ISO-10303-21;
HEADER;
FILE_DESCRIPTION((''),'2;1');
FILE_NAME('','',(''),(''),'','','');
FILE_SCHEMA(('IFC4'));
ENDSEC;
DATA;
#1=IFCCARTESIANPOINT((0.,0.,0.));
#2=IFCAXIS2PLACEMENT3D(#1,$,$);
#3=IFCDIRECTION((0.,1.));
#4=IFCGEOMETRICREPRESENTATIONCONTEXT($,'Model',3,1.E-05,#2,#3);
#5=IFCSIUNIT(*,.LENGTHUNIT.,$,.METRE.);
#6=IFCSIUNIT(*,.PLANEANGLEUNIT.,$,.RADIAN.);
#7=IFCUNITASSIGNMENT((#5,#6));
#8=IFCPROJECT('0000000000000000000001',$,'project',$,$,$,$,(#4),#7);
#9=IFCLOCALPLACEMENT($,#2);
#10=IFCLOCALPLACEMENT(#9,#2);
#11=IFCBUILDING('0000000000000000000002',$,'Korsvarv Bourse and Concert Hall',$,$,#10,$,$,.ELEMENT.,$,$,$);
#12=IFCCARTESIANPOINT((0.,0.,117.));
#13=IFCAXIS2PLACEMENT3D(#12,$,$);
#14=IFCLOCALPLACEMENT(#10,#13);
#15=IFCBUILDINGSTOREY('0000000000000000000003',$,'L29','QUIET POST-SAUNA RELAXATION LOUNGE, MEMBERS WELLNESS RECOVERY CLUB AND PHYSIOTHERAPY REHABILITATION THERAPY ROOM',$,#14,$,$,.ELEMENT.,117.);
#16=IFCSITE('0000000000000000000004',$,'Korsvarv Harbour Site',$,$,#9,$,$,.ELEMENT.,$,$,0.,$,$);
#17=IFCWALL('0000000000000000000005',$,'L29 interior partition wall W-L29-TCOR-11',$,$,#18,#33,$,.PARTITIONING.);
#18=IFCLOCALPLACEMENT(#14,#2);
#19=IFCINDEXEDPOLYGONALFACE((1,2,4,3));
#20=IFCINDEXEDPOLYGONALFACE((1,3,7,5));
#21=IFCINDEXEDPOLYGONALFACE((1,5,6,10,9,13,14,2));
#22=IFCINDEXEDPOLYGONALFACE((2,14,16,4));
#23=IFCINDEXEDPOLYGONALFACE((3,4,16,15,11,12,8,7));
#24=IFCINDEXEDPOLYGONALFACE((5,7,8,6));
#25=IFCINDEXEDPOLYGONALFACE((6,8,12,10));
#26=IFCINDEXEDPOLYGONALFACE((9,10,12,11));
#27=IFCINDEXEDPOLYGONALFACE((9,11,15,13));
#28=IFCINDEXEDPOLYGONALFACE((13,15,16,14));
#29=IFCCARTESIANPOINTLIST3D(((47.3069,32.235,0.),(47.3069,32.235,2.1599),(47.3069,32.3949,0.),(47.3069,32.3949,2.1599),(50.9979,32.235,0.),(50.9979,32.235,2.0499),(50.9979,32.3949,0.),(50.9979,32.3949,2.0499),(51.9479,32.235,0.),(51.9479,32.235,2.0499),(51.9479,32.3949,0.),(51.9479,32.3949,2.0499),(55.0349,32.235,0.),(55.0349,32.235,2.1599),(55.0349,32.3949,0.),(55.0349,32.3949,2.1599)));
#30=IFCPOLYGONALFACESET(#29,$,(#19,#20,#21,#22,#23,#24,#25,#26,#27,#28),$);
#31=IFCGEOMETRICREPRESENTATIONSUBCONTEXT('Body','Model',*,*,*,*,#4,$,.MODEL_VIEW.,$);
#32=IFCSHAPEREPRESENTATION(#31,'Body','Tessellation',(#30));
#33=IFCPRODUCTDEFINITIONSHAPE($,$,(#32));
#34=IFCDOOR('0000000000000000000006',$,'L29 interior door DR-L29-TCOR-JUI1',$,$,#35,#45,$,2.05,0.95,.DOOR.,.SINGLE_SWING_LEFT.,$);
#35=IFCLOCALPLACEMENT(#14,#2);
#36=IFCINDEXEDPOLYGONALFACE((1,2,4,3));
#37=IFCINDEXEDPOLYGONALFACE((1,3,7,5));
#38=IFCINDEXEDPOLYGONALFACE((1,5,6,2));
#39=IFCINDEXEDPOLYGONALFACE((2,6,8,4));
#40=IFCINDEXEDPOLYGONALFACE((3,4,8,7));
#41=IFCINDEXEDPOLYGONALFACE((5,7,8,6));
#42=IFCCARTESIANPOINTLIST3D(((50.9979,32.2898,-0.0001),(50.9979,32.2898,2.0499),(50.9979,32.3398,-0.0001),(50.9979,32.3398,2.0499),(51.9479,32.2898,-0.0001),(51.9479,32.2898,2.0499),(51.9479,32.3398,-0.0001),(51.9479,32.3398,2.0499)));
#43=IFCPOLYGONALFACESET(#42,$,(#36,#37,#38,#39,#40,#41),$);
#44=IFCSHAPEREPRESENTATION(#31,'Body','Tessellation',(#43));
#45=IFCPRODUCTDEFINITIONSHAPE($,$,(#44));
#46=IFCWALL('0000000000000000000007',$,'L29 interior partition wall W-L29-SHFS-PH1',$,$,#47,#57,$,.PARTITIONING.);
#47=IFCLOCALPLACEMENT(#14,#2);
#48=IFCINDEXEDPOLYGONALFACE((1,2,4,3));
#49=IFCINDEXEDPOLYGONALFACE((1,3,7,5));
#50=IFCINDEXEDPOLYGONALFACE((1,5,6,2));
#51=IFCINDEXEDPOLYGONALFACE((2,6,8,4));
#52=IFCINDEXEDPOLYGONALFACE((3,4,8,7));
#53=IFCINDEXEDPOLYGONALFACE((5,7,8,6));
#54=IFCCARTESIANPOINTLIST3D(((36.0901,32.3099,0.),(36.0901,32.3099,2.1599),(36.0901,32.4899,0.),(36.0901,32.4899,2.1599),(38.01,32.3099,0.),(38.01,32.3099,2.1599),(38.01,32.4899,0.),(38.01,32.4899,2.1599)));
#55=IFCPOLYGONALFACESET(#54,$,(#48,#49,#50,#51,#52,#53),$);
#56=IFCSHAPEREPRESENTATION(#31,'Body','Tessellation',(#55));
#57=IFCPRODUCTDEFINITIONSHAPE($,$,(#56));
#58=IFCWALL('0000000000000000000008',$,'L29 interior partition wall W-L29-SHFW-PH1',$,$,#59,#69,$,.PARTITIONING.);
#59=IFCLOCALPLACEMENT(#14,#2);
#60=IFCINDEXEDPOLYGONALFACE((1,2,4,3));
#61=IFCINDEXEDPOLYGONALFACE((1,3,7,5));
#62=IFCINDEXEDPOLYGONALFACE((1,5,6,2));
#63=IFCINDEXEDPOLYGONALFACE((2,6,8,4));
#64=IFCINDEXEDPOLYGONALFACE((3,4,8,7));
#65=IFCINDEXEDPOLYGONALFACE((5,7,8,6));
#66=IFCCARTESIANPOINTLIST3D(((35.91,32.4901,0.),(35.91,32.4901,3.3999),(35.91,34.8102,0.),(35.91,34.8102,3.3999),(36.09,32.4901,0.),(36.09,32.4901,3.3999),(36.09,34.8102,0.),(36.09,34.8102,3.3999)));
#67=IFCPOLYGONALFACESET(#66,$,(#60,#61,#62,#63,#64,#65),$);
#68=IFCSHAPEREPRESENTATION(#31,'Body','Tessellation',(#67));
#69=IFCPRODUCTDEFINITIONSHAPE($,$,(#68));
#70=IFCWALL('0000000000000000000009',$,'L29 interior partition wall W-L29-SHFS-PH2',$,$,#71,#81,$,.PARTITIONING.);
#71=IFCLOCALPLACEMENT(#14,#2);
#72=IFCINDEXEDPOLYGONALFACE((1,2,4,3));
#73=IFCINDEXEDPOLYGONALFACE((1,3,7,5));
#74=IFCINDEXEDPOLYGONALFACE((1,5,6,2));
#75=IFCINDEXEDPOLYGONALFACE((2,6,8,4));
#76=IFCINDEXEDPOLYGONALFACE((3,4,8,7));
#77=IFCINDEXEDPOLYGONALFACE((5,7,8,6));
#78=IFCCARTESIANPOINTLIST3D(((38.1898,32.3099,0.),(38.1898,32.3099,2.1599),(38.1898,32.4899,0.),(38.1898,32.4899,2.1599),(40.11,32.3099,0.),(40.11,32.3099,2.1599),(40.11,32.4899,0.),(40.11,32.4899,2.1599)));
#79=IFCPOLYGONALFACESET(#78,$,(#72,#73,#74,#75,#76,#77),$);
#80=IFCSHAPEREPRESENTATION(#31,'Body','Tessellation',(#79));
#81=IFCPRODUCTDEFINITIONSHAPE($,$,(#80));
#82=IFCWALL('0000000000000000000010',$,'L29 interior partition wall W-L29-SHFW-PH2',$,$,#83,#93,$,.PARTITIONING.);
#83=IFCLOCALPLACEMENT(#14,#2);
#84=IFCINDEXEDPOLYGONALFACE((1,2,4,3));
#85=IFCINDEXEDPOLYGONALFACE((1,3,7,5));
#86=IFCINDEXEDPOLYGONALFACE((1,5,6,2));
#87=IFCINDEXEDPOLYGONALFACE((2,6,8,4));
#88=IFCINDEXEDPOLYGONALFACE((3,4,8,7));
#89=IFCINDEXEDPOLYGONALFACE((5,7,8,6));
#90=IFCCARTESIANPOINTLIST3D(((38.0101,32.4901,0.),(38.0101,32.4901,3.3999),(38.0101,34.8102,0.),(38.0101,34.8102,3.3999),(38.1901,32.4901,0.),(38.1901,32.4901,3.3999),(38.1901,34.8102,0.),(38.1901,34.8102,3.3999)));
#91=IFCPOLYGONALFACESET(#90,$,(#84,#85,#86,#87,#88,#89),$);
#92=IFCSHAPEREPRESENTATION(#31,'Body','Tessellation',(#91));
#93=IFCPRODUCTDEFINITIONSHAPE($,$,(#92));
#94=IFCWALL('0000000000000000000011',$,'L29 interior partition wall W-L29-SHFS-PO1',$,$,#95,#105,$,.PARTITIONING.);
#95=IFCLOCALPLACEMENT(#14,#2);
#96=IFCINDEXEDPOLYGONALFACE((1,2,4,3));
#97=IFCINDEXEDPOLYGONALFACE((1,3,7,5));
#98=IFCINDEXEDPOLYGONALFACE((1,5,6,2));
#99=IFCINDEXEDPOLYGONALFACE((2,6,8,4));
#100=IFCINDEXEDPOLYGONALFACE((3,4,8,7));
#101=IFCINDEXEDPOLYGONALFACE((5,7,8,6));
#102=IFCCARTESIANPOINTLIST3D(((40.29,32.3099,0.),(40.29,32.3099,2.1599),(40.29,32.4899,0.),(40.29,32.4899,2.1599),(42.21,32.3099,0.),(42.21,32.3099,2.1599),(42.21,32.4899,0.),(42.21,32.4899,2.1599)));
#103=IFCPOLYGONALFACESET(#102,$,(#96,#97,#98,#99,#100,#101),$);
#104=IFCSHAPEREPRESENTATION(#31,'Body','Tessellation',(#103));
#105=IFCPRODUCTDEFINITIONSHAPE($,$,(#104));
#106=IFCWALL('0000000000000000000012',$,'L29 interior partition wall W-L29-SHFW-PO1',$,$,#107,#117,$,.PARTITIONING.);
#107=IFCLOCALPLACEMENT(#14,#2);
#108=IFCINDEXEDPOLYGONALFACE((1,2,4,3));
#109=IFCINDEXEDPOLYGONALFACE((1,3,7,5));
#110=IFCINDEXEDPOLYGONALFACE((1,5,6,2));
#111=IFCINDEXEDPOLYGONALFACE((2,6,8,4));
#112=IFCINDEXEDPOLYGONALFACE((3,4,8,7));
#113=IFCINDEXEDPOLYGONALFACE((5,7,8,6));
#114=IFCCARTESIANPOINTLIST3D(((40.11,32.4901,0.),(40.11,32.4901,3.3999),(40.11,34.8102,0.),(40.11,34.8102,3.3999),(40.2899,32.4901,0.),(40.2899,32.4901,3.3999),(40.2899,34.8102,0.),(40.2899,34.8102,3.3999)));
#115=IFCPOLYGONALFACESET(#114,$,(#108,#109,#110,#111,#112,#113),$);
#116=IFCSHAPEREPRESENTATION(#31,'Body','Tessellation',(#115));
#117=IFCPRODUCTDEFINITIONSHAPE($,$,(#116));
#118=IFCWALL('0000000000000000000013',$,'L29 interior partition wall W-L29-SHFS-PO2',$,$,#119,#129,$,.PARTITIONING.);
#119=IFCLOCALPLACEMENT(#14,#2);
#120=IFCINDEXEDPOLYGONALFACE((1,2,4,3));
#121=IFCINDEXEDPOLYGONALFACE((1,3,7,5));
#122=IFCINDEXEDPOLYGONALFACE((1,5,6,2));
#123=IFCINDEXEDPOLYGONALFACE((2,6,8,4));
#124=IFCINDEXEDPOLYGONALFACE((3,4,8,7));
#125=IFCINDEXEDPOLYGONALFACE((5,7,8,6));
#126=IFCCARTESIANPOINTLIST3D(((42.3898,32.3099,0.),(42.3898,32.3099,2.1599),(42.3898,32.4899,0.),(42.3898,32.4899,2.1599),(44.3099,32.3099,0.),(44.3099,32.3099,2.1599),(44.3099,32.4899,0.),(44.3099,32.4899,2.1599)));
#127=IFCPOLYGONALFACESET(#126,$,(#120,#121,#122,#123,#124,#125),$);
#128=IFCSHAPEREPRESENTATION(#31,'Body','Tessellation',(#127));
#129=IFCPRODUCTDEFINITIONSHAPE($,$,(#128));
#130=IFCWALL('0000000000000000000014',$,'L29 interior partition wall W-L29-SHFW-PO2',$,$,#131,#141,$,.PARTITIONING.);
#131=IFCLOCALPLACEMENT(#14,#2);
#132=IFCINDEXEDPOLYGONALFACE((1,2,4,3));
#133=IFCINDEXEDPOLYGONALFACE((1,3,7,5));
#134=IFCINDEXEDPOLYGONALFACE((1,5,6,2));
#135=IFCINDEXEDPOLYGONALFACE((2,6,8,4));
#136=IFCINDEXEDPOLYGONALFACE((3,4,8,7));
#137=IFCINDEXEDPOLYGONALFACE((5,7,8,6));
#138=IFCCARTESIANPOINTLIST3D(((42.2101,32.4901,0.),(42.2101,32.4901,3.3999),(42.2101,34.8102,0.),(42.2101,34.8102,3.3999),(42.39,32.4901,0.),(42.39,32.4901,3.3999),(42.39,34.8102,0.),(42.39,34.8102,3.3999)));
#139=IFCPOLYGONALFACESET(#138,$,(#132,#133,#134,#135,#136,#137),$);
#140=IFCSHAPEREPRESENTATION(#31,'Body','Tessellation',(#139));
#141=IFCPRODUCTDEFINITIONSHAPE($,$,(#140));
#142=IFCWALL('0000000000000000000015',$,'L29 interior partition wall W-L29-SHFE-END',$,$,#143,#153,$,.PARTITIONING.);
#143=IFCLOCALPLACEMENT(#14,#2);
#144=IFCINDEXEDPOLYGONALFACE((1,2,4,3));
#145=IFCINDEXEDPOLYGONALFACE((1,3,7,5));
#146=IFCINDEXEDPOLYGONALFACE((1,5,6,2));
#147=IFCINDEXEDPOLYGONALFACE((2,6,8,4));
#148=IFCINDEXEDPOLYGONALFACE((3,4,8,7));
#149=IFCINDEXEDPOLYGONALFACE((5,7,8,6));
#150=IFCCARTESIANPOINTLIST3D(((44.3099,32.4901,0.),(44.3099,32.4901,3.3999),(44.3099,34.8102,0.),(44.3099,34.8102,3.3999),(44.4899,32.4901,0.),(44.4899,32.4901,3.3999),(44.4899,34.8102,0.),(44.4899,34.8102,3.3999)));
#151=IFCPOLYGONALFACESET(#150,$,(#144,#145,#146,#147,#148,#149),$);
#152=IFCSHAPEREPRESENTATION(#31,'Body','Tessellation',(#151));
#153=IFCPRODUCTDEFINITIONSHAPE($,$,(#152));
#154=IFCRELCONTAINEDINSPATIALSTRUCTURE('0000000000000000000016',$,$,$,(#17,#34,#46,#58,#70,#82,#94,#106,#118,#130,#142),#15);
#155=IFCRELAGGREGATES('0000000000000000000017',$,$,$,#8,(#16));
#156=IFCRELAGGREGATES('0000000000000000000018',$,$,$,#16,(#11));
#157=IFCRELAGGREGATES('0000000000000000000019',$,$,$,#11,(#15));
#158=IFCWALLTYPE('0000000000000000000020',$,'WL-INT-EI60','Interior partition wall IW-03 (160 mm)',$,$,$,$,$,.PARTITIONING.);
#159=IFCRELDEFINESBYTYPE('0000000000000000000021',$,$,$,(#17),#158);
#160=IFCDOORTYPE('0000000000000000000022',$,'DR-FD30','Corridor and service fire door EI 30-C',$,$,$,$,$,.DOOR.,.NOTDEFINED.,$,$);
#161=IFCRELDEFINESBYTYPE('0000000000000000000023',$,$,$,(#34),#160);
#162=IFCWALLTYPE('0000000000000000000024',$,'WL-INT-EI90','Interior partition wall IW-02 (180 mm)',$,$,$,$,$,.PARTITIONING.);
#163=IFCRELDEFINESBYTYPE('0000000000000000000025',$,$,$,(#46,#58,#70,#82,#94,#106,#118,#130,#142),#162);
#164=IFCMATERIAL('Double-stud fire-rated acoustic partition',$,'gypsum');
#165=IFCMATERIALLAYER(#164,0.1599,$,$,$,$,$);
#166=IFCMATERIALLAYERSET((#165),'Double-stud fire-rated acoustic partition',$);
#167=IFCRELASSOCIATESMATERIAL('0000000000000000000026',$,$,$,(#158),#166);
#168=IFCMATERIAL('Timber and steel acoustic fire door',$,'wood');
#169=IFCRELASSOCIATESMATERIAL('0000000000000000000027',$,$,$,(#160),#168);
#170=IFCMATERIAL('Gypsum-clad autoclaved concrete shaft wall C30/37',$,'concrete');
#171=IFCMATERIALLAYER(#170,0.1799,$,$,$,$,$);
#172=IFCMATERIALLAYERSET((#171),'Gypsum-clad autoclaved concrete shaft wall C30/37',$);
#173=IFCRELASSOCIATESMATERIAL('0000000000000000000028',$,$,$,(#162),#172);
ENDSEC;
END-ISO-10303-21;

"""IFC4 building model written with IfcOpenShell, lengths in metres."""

from ifc_helpers import new_model, si_unit, direction, frame, frame_2d, origin, place, context, subcontext, project, spatial, rectangle, extrude, material, layer, layer_set, type_object, element, fill, save


model = new_model("IFC4")

# Units and contexts
model_context = context("Model", 3, precision=1e-05, world=origin(), true_north=direction((0.0, 1.0)))
body_context = subcontext(model_context, "Body", "Model", "MODEL_VIEW")
ifc_project = project(units=[si_unit("LENGTHUNIT", "METRE"), si_unit("PLANEANGLEUNIT", "RADIAN")], contexts=[model_context])

# Site, building, storey
site_placement = place(None, origin())
site = spatial("IfcSite", under=ifc_project, at=site_placement, Name="Korsvarv Harbour Site", CompositionType="ELEMENT", RefElevation=0.0)
building_placement = place(site_placement, origin())
building = spatial("IfcBuilding", under=site, at=building_placement, Name="Korsvarv Bourse and Concert Hall", CompositionType="ELEMENT")
storey_placement = place(building_placement, frame((0.0, 0.0, 117.0)))
storey = spatial("IfcBuildingStorey", under=building, at=storey_placement, Name="L29", Description="QUIET POST-SAUNA RELAXATION LOUNGE, MEMBERS WELLNESS RECOVERY CLUB AND PHYSIOTHERAPY REHABILITATION THERAPY ROOM", CompositionType="ELEMENT", Elevation=117.0)

# Shared definitions
ifc_material_1 = material(Name="Double-stud fire-rated acoustic partition", Category="gypsum")
ifc_layer_1 = layer(ifc_material_1, 0.1599)
ifc_layer_set_1 = layer_set([ifc_layer_1], Name="Double-stud fire-rated acoustic partition")
wall_type_1 = type_object("IfcWallType", Name="WL-INT-EI60", Description="Interior partition wall IW-03 (160 mm)", PredefinedType="PARTITIONING", material=ifc_layer_set_1)
ifc_material_2 = material(Name="Timber and steel acoustic fire door", Category="wood")
door_type = type_object("IfcDoorType", Name="DR-FD30", Description="Corridor and service fire door EI 30-C", OperationType="NOTDEFINED", PredefinedType="DOOR", material=ifc_material_2)

# Wall, opening, door
wall_1_placement = place(storey_placement, frame((47.3069, 32.3149, 0.0), z_axis=(0.0, 0.0, 1.0), x_axis=(1.0, 0.0, 0.0)))
wall_1 = element("IfcWall", 1, at=wall_1_placement, inside=storey, type_object=wall_type_1, Name="L29 interior partition wall W-L29-TCOR-11", PredefinedType="PARTITIONING", context=body_context, shape_type="SweptSolid", body=[
    extrude(rectangle(XDim=7.728, YDim=0.1599, at=frame_2d((3.864, 0.0))), origin(), (0.0, 0.0, 1.0), 2.1599),
])
opening_1_placement = place(wall_1_placement, frame((3.6909, 0.0, 0.0)))
opening_1 = element("IfcOpeningElement", 2, at=opening_1_placement, cuts=wall_1, PredefinedType="OPENING", context=body_context, shape_type="SweptSolid", body=[
    extrude(rectangle(XDim=0.95, YDim=2.05, at=frame_2d((0.4751, 1.0249))), frame((0.0, 0.0898, 0.0), z_axis=(0.0, -1.0, 0.0), x_axis=(1.0, 0.0, 0.0)), (0.0, 0.0, 1.0), 0.1799),
])
door_1_placement = place(opening_1_placement, origin())
door_1 = element("IfcDoor", 3, at=door_1_placement, inside=storey, type_object=door_type, Name="L29 interior door DR-L29-TCOR-JUI1", OperationType="SINGLE_SWING_LEFT", OverallHeight=2.05, OverallWidth=0.95, PredefinedType="DOOR", context=body_context, shape_type="SweptSolid", body=[
    extrude(rectangle(XDim=0.95, YDim=2.05, at=frame_2d((0.4751, 1.0249))), frame((0.0, 0.0249, 0.0), z_axis=(0.0, -1.0, 0.0), x_axis=(1.0, 0.0, 0.0)), (0.0, 0.0, 1.0), 0.05),
])
fill(opening_1, door_1)

# Walls
ifc_material_3 = material(Name="Gypsum-clad autoclaved concrete shaft wall C30/37", Category="concrete")
ifc_layer_2 = layer(ifc_material_3, 0.1799)
ifc_layer_set_2 = layer_set([ifc_layer_2], Name="Gypsum-clad autoclaved concrete shaft wall C30/37")
wall_type_2 = type_object("IfcWallType", Name="WL-INT-EI90", Description="Interior partition wall IW-02 (180 mm)", PredefinedType="PARTITIONING", material=ifc_layer_set_2)
wall_2_placement = place(storey_placement, frame((36.0901, 32.3999, 0.0), z_axis=(0.0, 0.0, 1.0), x_axis=(1.0, 0.0, 0.0)))
element("IfcWall", 4, at=wall_2_placement, inside=storey, type_object=wall_type_2, Name="L29 interior partition wall W-L29-SHFS-PH1", PredefinedType="PARTITIONING", context=body_context, shape_type="SweptSolid", body=[
    extrude(rectangle(XDim=1.9199, YDim=0.1799, at=frame_2d((0.96, 0.0))), origin(), (0.0, 0.0, 1.0), 2.1599),
])
wall_3_placement = place(storey_placement, frame((36.0, 32.49, 0.0), z_axis=(0.0, 0.0, 1.0), x_axis=(0.0, 1.0, 0.0)))
element("IfcWall", 5, at=wall_3_placement, inside=storey, type_object=wall_type_2, Name="L29 interior partition wall W-L29-SHFW-PH1", PredefinedType="PARTITIONING", context=body_context, shape_type="SweptSolid", body=[
    extrude(rectangle(XDim=2.3201, YDim=0.1799, at=frame_2d((1.1602, 0.0))), origin(), (0.0, 0.0, 1.0), 3.3999),
])
wall_4_placement = place(storey_placement, frame((38.1899, 32.3999, 0.0), z_axis=(0.0, 0.0, 1.0), x_axis=(1.0, 0.0, 0.0)))
element("IfcWall", 6, at=wall_4_placement, inside=storey, type_object=wall_type_2, Name="L29 interior partition wall W-L29-SHFS-PH2", PredefinedType="PARTITIONING", context=body_context, shape_type="SweptSolid", body=[
    extrude(rectangle(XDim=1.9202, YDim=0.1799, at=frame_2d((0.96, 0.0))), origin(), (0.0, 0.0, 1.0), 2.1599),
])
wall_5_placement = place(storey_placement, frame((38.1001, 32.49, 0.0), z_axis=(0.0, 0.0, 1.0), x_axis=(0.0, 1.0, 0.0)))
element("IfcWall", 7, at=wall_5_placement, inside=storey, type_object=wall_type_2, Name="L29 interior partition wall W-L29-SHFW-PH2", PredefinedType="PARTITIONING", context=body_context, shape_type="SweptSolid", body=[
    extrude(rectangle(XDim=2.3201, YDim=0.1799, at=frame_2d((1.1602, 0.0))), origin(), (0.0, 0.0, 1.0), 3.3999),
])
wall_6_placement = place(storey_placement, frame((40.29, 32.3999, 0.0), z_axis=(0.0, 0.0, 1.0), x_axis=(1.0, 0.0, 0.0)))
element("IfcWall", 8, at=wall_6_placement, inside=storey, type_object=wall_type_2, Name="L29 interior partition wall W-L29-SHFS-PO1", PredefinedType="PARTITIONING", context=body_context, shape_type="SweptSolid", body=[
    extrude(rectangle(XDim=1.9199, YDim=0.1799, at=frame_2d((0.96, 0.0))), origin(), (0.0, 0.0, 1.0), 2.1599),
])
wall_7_placement = place(storey_placement, frame((40.2, 32.49, 0.0), z_axis=(0.0, 0.0, 1.0), x_axis=(0.0, 1.0, 0.0)))
element("IfcWall", 9, at=wall_7_placement, inside=storey, type_object=wall_type_2, Name="L29 interior partition wall W-L29-SHFW-PO1", PredefinedType="PARTITIONING", context=body_context, shape_type="SweptSolid", body=[
    extrude(rectangle(XDim=2.3201, YDim=0.1799, at=frame_2d((1.1602, 0.0))), origin(), (0.0, 0.0, 1.0), 3.3999),
])
wall_8_placement = place(storey_placement, frame((42.3899, 32.3999, 0.0), z_axis=(0.0, 0.0, 1.0), x_axis=(1.0, 0.0, 0.0)))
element("IfcWall", 10, at=wall_8_placement, inside=storey, type_object=wall_type_2, Name="L29 interior partition wall W-L29-SHFS-PO2", PredefinedType="PARTITIONING", context=body_context, shape_type="SweptSolid", body=[
    extrude(rectangle(XDim=1.9202, YDim=0.1799, at=frame_2d((0.96, 0.0))), origin(), (0.0, 0.0, 1.0), 2.1599),
])
for number, where, z_axis, x_axis, name in (
    (11, (42.3, 32.49, 0.0), (0.0, 0.0, 1.0), (0.0, 1.0, 0.0), "L29 interior partition wall W-L29-SHFW-PO2"),
    (12, (44.3999, 32.49, 0.0), (0.0, 0.0, 1.0), (0.0, 1.0, 0.0), "L29 interior partition wall W-L29-SHFE-END"),
):
    element("IfcWall", number, at=place(storey_placement, frame(where, z_axis=z_axis, x_axis=x_axis)), inside=storey, type_object=wall_type_2, Name=name, PredefinedType="PARTITIONING", context=body_context, shape_type="SweptSolid", body=[
        extrude(rectangle(XDim=2.3201, YDim=0.1799, at=frame_2d((1.1602, 0.0))), origin(), (0.0, 0.0, 1.0), 3.3999),
    ])

save(model, "model.ifc")
